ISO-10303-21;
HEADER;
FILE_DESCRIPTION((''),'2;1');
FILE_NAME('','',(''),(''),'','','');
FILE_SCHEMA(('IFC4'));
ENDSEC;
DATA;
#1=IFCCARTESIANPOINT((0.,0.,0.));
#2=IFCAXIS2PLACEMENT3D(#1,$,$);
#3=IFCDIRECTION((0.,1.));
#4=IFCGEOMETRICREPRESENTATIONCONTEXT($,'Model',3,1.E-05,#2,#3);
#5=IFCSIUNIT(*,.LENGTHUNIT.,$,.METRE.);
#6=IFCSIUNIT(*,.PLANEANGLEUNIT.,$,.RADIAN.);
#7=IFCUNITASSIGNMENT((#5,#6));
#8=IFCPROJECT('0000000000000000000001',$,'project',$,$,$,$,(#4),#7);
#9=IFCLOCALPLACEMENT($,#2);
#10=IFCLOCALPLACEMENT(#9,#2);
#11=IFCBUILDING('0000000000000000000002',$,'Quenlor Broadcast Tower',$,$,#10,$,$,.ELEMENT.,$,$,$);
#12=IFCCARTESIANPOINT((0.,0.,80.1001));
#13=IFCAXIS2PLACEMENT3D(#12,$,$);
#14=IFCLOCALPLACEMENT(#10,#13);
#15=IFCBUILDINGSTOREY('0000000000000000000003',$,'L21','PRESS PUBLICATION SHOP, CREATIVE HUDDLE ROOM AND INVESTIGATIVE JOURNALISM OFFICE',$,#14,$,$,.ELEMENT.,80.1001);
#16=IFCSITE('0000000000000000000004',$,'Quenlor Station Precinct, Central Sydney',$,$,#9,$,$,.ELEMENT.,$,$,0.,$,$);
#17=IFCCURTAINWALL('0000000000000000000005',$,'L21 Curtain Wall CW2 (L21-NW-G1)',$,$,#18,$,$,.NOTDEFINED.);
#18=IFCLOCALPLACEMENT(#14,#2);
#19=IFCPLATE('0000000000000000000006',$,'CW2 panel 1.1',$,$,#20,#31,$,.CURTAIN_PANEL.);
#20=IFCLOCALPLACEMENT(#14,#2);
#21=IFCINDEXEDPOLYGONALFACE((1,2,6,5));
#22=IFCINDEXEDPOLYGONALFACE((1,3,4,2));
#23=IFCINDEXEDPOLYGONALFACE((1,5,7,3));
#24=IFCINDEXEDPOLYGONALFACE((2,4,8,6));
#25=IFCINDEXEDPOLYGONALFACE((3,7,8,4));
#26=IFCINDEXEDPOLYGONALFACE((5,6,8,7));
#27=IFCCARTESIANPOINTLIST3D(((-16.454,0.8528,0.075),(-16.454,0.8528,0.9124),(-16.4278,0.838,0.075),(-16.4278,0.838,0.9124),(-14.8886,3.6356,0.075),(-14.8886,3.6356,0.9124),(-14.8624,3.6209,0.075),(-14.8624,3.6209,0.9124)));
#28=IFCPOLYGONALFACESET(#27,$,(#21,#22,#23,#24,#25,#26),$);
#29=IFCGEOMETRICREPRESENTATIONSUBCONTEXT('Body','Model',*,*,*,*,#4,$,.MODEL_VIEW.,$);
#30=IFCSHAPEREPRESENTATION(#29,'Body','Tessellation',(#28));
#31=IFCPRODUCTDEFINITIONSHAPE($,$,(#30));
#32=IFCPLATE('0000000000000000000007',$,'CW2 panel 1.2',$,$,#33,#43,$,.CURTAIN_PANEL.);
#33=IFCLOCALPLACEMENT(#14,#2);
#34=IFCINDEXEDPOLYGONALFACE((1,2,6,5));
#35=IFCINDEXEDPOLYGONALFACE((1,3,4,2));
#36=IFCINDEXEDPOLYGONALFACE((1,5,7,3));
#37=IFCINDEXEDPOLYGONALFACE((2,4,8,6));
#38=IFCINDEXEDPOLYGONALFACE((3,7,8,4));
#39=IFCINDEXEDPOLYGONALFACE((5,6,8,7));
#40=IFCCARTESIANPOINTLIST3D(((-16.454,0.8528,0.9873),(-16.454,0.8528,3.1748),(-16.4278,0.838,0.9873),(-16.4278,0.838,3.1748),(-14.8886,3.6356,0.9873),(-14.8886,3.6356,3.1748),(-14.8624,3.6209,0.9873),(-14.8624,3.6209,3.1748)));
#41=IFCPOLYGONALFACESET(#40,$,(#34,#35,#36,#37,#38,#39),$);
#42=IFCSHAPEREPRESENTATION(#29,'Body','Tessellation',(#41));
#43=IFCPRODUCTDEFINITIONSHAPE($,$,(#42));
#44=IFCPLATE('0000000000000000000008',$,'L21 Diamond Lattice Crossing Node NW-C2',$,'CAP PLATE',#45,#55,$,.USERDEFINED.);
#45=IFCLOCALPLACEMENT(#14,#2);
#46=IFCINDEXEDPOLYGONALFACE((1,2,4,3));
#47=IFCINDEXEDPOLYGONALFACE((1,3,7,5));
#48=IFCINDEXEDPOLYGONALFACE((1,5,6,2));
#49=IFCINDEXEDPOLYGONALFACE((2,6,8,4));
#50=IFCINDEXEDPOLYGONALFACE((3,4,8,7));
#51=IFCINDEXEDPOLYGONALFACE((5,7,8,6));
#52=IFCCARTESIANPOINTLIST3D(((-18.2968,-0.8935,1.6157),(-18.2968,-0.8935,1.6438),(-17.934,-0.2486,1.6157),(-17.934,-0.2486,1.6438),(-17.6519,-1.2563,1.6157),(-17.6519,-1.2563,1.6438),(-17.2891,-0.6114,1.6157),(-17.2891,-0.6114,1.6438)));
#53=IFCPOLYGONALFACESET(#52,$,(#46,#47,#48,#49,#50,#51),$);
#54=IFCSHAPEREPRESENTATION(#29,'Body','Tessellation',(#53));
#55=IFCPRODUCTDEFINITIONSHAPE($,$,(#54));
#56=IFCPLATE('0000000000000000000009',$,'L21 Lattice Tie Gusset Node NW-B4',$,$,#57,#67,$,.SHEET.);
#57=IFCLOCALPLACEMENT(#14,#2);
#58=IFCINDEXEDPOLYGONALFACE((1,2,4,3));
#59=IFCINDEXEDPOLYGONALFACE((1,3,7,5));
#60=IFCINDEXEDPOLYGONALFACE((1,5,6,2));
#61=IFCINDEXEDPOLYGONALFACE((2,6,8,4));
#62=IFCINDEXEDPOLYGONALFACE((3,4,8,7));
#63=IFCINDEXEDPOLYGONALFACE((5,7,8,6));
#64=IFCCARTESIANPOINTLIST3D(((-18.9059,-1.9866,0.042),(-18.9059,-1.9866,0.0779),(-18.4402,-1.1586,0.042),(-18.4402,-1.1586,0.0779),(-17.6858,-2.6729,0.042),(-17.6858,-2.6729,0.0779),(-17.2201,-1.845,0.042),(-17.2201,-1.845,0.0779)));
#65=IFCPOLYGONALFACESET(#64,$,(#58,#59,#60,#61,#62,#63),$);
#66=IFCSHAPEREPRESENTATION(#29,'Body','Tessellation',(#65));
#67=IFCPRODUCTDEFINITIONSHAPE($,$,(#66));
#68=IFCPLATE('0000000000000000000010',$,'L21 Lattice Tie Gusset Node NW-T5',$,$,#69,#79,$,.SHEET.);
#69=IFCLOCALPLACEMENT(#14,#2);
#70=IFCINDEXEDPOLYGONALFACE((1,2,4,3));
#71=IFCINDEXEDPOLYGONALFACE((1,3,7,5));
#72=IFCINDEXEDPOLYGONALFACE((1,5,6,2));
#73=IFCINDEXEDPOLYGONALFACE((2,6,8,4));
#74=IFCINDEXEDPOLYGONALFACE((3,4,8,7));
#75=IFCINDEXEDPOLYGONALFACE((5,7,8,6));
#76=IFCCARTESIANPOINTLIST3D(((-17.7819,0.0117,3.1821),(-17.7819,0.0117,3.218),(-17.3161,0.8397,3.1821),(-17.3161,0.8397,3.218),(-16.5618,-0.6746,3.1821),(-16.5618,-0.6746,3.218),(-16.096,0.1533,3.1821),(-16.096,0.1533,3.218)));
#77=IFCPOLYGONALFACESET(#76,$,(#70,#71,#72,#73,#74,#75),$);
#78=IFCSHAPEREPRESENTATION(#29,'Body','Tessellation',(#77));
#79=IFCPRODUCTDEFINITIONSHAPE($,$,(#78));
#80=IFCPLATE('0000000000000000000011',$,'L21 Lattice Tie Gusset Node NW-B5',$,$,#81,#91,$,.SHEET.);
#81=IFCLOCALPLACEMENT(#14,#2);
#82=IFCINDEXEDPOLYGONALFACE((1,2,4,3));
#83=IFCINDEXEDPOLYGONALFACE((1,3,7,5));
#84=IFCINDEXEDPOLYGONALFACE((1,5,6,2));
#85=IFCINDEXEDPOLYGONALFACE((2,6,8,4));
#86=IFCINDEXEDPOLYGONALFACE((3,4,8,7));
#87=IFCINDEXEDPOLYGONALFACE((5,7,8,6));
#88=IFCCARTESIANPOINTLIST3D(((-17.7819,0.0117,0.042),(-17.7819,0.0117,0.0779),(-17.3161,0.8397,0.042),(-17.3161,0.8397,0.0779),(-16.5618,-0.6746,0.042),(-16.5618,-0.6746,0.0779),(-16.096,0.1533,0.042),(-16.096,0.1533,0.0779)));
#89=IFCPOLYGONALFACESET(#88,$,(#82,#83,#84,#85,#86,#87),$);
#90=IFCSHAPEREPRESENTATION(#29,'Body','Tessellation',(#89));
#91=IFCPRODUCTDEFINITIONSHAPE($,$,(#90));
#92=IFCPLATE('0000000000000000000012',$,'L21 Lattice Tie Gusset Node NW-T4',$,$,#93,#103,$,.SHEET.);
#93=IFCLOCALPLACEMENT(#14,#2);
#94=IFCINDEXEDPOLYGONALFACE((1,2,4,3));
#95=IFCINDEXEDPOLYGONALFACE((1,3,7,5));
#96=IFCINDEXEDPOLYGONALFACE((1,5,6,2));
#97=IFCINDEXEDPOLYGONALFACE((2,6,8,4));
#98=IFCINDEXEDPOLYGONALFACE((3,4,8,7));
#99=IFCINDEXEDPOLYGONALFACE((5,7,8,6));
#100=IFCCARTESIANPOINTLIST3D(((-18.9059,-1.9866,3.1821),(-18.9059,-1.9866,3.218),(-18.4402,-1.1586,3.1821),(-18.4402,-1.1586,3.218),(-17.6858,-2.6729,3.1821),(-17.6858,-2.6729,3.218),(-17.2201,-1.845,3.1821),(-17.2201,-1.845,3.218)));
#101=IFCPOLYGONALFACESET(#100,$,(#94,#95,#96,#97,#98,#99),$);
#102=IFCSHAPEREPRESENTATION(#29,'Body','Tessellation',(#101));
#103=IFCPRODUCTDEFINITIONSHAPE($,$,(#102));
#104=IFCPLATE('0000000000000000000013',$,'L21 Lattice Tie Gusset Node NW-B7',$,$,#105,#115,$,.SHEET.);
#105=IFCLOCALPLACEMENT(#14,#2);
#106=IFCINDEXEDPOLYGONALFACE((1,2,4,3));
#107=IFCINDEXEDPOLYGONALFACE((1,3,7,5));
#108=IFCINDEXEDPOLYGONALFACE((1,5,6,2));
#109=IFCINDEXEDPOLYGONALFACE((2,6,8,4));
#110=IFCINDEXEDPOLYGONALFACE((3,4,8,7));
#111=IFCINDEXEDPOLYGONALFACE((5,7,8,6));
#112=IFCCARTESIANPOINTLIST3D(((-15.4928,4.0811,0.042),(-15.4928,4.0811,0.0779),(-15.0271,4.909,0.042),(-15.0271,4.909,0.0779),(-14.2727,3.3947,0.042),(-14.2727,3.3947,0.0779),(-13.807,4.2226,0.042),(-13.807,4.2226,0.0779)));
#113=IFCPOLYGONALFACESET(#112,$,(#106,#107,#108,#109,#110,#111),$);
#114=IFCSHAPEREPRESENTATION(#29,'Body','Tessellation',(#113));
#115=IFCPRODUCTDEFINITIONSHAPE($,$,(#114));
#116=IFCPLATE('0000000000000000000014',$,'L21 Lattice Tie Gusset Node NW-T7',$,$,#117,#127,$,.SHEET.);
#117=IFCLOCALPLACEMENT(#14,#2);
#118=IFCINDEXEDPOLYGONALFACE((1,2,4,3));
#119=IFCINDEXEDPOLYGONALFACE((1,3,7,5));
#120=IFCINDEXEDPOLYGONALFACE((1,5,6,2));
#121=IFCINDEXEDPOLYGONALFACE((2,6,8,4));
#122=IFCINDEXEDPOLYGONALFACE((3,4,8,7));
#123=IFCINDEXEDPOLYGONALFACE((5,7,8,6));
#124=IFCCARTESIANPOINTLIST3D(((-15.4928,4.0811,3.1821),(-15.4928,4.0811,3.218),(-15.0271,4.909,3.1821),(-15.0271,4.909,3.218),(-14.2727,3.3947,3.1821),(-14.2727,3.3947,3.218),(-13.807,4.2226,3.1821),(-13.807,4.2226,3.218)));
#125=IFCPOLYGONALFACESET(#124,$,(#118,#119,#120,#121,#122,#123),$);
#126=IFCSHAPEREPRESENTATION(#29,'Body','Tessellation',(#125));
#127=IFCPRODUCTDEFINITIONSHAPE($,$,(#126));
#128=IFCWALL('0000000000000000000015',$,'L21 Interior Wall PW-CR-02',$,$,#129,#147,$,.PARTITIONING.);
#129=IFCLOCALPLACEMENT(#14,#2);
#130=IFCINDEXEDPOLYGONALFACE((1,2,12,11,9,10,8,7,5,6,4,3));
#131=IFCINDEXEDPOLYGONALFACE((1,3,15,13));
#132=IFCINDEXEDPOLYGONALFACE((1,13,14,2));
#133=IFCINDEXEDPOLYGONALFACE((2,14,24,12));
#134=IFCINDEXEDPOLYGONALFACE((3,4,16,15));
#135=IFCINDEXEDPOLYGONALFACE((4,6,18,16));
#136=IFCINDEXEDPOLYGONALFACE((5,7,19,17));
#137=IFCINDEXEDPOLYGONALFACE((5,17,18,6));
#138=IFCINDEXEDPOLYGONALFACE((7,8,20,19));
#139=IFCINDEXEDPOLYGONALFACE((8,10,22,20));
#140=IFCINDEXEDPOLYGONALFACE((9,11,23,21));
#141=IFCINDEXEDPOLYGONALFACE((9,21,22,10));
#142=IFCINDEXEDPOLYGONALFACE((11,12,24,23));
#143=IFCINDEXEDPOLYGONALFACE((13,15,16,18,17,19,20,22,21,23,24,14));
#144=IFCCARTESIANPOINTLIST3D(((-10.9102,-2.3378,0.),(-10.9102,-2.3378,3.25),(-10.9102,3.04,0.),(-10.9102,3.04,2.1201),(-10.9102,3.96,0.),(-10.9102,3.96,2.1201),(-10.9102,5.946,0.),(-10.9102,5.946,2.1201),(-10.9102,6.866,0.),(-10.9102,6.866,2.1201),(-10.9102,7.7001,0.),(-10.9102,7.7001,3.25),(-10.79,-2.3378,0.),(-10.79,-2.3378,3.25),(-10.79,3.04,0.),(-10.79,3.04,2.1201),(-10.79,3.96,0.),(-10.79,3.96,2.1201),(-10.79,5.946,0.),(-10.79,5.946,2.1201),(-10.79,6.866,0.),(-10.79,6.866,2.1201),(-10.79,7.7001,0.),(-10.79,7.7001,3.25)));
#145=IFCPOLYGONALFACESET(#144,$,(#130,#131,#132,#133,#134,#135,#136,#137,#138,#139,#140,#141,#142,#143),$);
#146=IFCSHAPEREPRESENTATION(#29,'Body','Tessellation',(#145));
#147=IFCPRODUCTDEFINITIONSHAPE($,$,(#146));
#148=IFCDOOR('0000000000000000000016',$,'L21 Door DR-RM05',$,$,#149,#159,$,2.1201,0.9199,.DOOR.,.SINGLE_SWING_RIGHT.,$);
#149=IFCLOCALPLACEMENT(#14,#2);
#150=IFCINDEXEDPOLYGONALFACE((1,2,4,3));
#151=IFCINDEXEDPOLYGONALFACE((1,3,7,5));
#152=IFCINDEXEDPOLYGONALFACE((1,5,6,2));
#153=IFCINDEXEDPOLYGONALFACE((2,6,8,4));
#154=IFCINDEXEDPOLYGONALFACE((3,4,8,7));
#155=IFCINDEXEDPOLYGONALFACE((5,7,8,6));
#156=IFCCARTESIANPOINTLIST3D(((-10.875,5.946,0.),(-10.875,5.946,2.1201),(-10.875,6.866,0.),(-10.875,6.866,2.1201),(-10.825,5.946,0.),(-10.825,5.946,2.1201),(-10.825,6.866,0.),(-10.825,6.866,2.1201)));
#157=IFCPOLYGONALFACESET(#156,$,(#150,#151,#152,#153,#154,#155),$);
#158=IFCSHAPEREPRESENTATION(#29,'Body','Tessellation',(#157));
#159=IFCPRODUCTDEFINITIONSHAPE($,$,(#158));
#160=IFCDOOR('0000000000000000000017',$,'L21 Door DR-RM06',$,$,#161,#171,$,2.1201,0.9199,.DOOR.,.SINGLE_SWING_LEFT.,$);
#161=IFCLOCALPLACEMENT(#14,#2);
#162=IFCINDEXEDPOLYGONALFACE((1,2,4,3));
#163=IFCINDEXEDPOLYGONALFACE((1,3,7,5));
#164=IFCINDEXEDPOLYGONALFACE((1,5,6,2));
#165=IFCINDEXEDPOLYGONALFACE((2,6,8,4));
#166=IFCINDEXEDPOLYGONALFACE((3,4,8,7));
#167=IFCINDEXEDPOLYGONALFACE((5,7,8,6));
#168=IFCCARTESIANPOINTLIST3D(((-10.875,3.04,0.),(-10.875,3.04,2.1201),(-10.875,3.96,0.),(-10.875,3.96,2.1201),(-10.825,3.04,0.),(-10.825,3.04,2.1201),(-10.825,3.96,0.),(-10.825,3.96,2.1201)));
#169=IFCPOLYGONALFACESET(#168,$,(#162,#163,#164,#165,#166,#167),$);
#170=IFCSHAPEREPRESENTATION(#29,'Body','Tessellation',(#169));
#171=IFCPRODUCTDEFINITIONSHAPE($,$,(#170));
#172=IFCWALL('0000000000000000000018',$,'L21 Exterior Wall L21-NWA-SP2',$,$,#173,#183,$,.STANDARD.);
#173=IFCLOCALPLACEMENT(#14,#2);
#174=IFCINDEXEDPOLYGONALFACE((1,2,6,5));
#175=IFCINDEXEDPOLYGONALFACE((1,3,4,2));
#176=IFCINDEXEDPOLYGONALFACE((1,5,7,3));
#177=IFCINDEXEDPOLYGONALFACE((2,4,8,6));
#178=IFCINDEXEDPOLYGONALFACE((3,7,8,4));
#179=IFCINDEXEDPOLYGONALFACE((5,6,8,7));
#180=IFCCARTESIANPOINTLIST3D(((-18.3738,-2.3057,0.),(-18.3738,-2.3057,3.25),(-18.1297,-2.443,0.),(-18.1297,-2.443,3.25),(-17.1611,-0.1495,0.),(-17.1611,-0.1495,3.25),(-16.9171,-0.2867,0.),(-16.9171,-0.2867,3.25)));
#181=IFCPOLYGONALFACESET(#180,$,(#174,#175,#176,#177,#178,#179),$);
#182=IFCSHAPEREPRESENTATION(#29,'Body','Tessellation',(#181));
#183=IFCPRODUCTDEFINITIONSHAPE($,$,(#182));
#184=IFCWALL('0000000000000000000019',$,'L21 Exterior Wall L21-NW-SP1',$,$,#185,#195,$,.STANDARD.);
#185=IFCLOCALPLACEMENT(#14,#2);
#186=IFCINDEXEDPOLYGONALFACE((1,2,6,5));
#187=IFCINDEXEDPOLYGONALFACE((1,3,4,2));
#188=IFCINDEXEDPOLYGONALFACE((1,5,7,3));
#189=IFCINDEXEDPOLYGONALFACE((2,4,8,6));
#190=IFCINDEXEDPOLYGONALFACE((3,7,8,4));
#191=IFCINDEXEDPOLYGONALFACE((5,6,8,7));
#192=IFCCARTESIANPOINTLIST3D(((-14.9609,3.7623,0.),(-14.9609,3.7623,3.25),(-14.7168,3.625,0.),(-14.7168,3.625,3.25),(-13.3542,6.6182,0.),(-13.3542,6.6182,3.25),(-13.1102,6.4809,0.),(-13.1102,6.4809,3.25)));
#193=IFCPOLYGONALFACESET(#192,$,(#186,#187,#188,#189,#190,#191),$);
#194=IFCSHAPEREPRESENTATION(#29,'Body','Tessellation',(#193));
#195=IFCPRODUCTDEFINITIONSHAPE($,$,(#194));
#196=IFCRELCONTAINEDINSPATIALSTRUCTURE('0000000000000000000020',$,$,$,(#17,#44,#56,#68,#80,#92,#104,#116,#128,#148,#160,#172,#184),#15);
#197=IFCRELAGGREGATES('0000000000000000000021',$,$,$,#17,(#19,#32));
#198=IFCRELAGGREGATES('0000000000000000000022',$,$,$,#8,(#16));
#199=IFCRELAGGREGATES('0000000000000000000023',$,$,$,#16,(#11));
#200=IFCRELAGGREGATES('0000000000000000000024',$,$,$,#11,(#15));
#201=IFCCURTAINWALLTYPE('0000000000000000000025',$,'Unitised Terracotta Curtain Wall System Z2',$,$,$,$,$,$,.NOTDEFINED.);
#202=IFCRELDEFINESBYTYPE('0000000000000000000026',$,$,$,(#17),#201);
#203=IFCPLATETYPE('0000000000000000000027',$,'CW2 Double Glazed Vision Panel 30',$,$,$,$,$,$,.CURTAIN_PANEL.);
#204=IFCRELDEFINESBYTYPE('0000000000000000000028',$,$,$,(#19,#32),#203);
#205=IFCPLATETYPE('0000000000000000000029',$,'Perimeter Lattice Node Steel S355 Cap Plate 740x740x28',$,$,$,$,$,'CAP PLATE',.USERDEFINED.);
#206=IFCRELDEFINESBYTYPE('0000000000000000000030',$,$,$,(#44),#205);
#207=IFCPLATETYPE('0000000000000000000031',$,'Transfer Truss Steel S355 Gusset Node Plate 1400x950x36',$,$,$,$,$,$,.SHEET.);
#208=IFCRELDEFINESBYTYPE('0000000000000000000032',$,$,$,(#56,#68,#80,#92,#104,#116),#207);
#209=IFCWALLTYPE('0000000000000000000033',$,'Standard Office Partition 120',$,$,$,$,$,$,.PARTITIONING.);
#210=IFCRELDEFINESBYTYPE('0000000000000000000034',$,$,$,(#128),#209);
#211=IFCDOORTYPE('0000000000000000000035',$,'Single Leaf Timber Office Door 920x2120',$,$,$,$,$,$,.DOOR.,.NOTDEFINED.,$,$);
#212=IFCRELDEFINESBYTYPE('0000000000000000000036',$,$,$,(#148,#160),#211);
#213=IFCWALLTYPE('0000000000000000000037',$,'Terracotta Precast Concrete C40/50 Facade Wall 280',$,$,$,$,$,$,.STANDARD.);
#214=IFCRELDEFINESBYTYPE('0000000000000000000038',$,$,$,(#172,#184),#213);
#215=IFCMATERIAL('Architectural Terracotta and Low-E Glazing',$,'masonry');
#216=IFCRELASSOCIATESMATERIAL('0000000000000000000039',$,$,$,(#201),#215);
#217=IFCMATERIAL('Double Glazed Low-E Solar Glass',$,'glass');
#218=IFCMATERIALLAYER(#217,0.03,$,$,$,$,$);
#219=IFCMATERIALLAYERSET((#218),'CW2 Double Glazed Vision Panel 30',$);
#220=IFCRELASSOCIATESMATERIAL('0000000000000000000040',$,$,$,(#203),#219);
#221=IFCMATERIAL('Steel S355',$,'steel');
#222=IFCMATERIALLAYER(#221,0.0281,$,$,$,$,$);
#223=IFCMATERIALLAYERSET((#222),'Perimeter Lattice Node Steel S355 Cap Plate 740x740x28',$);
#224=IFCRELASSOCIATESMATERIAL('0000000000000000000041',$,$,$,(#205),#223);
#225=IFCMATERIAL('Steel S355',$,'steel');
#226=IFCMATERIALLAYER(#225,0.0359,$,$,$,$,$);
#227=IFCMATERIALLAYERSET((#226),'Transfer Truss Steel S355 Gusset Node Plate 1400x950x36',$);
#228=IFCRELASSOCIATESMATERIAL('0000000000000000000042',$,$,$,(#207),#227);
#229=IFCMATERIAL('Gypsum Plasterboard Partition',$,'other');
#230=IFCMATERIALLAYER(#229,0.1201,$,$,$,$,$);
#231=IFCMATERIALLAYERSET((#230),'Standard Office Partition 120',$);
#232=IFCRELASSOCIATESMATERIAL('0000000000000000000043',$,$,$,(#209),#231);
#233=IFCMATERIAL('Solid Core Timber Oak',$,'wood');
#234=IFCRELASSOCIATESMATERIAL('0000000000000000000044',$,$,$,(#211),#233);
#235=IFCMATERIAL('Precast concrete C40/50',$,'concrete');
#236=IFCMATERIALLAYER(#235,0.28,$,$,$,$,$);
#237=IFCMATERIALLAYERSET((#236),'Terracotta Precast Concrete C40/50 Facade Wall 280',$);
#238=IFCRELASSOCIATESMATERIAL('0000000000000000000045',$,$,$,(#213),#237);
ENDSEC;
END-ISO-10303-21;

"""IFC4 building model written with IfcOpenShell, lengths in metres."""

from ifc_helpers import new_model, si_unit, direction, frame, frame_2d, origin, origin_2d, place, context, subcontext, project, spatial, rectangle, extrude, material, layer, layer_set, type_object, element, fill, aggregate, save


model = new_model("IFC4")

# Units and contexts
model_context = context("Model", 3, precision=1e-05, world=origin(), true_north=direction((0.0, 1.0)))
body_context = subcontext(model_context, "Body", "Model", "MODEL_VIEW")
ifc_project = project(units=[si_unit("LENGTHUNIT", "METRE"), si_unit("PLANEANGLEUNIT", "RADIAN")], contexts=[model_context])

# Site, building, storey
site_placement = place(None, origin())
site = spatial("IfcSite", under=ifc_project, at=site_placement, Name="Quenlor Station Precinct, Central Sydney", CompositionType="ELEMENT", RefElevation=0.0)
building_placement = place(site_placement, origin())
building = spatial("IfcBuilding", under=site, at=building_placement, Name="Quenlor Broadcast Tower", CompositionType="ELEMENT")
storey_placement = place(building_placement, frame((0.0, 0.0, 80.1001)))
storey = spatial("IfcBuildingStorey", under=building, at=storey_placement, Name="L21", Description="PRESS PUBLICATION SHOP, CREATIVE HUDDLE ROOM AND INVESTIGATIVE JOURNALISM OFFICE", CompositionType="ELEMENT", Elevation=80.1001)

# Curtain wall
ifc_material_1 = material(Name="Architectural Terracotta and Low-E Glazing", Category="masonry")
curtain_wall_type = type_object("IfcCurtainWallType", Name="Unitised Terracotta Curtain Wall System Z2", PredefinedType="NOTDEFINED", material=ifc_material_1)
curtain_wall_placement = place(storey_placement, origin())
curtain_wall = element("IfcCurtainWall", 1, at=curtain_wall_placement, inside=storey, type_object=curtain_wall_type, Name="L21 Curtain Wall CW2 (L21-NW-G1)", PredefinedType="NOTDEFINED")

# Plates
ifc_material_2 = material(Name="Double Glazed Low-E Solar Glass", Category="glass")
ifc_layer_1 = layer(ifc_material_2, 0.03)
ifc_layer_set_1 = layer_set([ifc_layer_1], Name="CW2 Double Glazed Vision Panel 30")
plate_type_1 = type_object("IfcPlateType", Name="CW2 Double Glazed Vision Panel 30", PredefinedType="CURTAIN_PANEL", material=ifc_layer_set_1)
plate_1_placement = place(storey_placement, frame((-15.6582, 2.2368, 0.075), z_axis=(0.0, 0.0, 1.0), x_axis=(0.490261, 0.871576, 0.0)))
plate_1 = element("IfcPlate", 2, at=plate_1_placement, type_object=plate_type_1, Name="CW2 panel 1.1", PredefinedType="CURTAIN_PANEL", context=body_context, shape_type="SweptSolid", body=[
    extrude(rectangle(XDim=3.1929, YDim=0.03, at=origin_2d()), origin(), (0.0, 0.0, 1.0), 0.8374),
])
plate_2_placement = place(storey_placement, frame((-15.6582, 2.2368, 0.9873), z_axis=(0.0, 0.0, 1.0), x_axis=(0.490261, 0.871576, 0.0)))
plate_2 = element("IfcPlate", 3, at=plate_2_placement, type_object=plate_type_1, Name="CW2 panel 1.2", PredefinedType="CURTAIN_PANEL", context=body_context, shape_type="SweptSolid", body=[
    extrude(rectangle(XDim=3.1929, YDim=0.03, at=origin_2d()), origin(), (0.0, 0.0, 1.0), 2.1875),
])
aggregate(curtain_wall, [plate_1, plate_2])

# Plates
ifc_material_3 = material(Name="Steel S355", Category="steel")
ifc_layer_2 = layer(ifc_material_3, 0.0281)
ifc_layer_set_2 = layer_set([ifc_layer_2], Name="Perimeter Lattice Node Steel S355 Cap Plate 740x740x28")
plate_type_2 = type_object("IfcPlateType", Name="Perimeter Lattice Node Steel S355 Cap Plate 740x740x28", ElementType="CAP PLATE", PredefinedType="USERDEFINED", material=ifc_layer_set_2)
plate_3_placement = place(storey_placement, frame((-17.793, -0.7524, 1.6157), z_axis=(0.0, 0.0, 1.0), x_axis=(0.490295, 0.871556, 0.0)))
element("IfcPlate", 4, at=plate_3_placement, inside=storey, type_object=plate_type_2, Name="L21 Diamond Lattice Crossing Node NW-C2", ObjectType="CAP PLATE", PredefinedType="USERDEFINED", context=body_context, shape_type="SweptSolid", body=[
    extrude(rectangle(XDim=0.74, YDim=0.74, at=origin_2d()), origin(), (0.0, 0.0, 1.0), 0.0281),
])
ifc_material_4 = material(Name="Steel S355", Category="steel")
ifc_layer_3 = layer(ifc_material_4, 0.0359)
ifc_layer_set_3 = layer_set([ifc_layer_3], Name="Transfer Truss Steel S355 Gusset Node Plate 1400x950x36")
plate_type_3 = type_object("IfcPlateType", Name="Transfer Truss Steel S355 Gusset Node Plate 1400x950x36", PredefinedType="SHEET", material=ifc_layer_set_3)
for number, where, z_axis, x_axis, name in (
    (5, (-18.063, -1.9158, 0.042), (0.0, 0.0, 1.0), (-0.871556, 0.490295, 0.0), "L21 Lattice Tie Gusset Node NW-B4"),
    (6, (-16.939, 0.0825, 3.1821), (0.0, 0.0, 1.0), (-0.871556, 0.490295, 0.0), "L21 Lattice Tie Gusset Node NW-T5"),
    (7, (-16.939, 0.0825, 0.042), (0.0, 0.0, 1.0), (-0.871556, 0.490295, 0.0), "L21 Lattice Tie Gusset Node NW-B5"),
    (8, (-18.063, -1.9158, 3.1821), (0.0, 0.0, 1.0), (-0.871556, 0.490295, 0.0), "L21 Lattice Tie Gusset Node NW-T4"),
    (9, (-14.6499, 4.1519, 0.042), (0.0, 0.0, 1.0), (-0.871556, 0.490295, 0.0), "L21 Lattice Tie Gusset Node NW-B7"),
    (10, (-14.6499, 4.1519, 3.1821), (0.0, 0.0, 1.0), (-0.871556, 0.490295, 0.0), "L21 Lattice Tie Gusset Node NW-T7"),
):
    element("IfcPlate", number, at=place(storey_placement, frame(where, z_axis=z_axis, x_axis=x_axis)), inside=storey, type_object=plate_type_3, Name=name, PredefinedType="SHEET", context=body_context, shape_type="SweptSolid", body=[
        extrude(rectangle(XDim=1.3999, YDim=0.95, at=origin_2d()), origin(), (0.0, 0.0, 1.0), 0.0359),
    ])

# Wall, openings, doors
ifc_material_5 = material(Name="Gypsum Plasterboard Partition", Category="other")
ifc_layer_4 = layer(ifc_material_5, 0.1201)
ifc_layer_set_4 = layer_set([ifc_layer_4], Name="Standard Office Partition 120")
wall_type_1 = type_object("IfcWallType", Name="Standard Office Partition 120", PredefinedType="PARTITIONING", material=ifc_layer_set_4)
wall_1_placement = place(storey_placement, frame((-10.8501, -2.3379, 0.0), z_axis=(0.0, 0.0, 1.0), x_axis=(0.0, 1.0, 0.0)))
wall_1 = element("IfcWall", 11, at=wall_1_placement, inside=storey, type_object=wall_type_1, Name="L21 Interior Wall PW-CR-02", PredefinedType="PARTITIONING", context=body_context, shape_type="SweptSolid", body=[
    extrude(rectangle(XDim=10.0378, YDim=0.1201, at=frame_2d((5.019, 0.0))), origin(), (0.0, 0.0, 1.0), 3.25),
])
opening_1_placement = place(wall_1_placement, frame((8.2839, 0.0, 0.0)))
opening_1 = element("IfcOpeningElement", 12, at=opening_1_placement, cuts=wall_1, PredefinedType="OPENING", context=body_context, shape_type="SweptSolid", body=[
    extrude(rectangle(XDim=0.9199, YDim=2.1201, at=frame_2d((0.46, 1.0601))), frame((0.0, 0.0701, 0.0), z_axis=(0.0, -1.0, 0.0), x_axis=(1.0, 0.0, 0.0)), (0.0, 0.0, 1.0), 0.1401),
])
opening_2_placement = place(wall_1_placement, frame((5.3779, 0.0, 0.0)))
opening_2 = element("IfcOpeningElement", 13, at=opening_2_placement, cuts=wall_1, PredefinedType="OPENING", context=body_context, shape_type="SweptSolid", body=[
    extrude(rectangle(XDim=0.9199, YDim=2.1201, at=frame_2d((0.46, 1.0601))), frame((0.0, 0.0701, 0.0), z_axis=(0.0, -1.0, 0.0), x_axis=(1.0, 0.0, 0.0)), (0.0, 0.0, 1.0), 0.1401),
])
ifc_material_6 = material(Name="Solid Core Timber Oak", Category="wood")
door_type = type_object("IfcDoorType", Name="Single Leaf Timber Office Door 920x2120", OperationType="NOTDEFINED", PredefinedType="DOOR", material=ifc_material_6)
door_1_placement = place(opening_1_placement, origin())
door_1 = element("IfcDoor", 14, at=door_1_placement, inside=storey, type_object=door_type, Name="L21 Door DR-RM05", OperationType="SINGLE_SWING_RIGHT", OverallHeight=2.1201, OverallWidth=0.9199, PredefinedType="DOOR", context=body_context, shape_type="SweptSolid", body=[
    extrude(rectangle(XDim=0.9199, YDim=2.1201, at=frame_2d((0.46, 1.0601))), frame((0.0, 0.0249, 0.0), z_axis=(0.0, -1.0, 0.0), x_axis=(1.0, 0.0, 0.0)), (0.0, 0.0, 1.0), 0.05),
])
fill(opening_1, door_1)
door_2_placement = place(opening_2_placement, origin())
door_2 = element("IfcDoor", 15, at=door_2_placement, inside=storey, type_object=door_type, Name="L21 Door DR-RM06", OperationType="SINGLE_SWING_LEFT", OverallHeight=2.1201, OverallWidth=0.9199, PredefinedType="DOOR", context=body_context, shape_type="SweptSolid", body=[
    extrude(rectangle(XDim=0.9199, YDim=2.1201, at=frame_2d((0.46, 1.0601))), frame((0.0, 0.0249, 0.0), z_axis=(0.0, -1.0, 0.0), x_axis=(1.0, 0.0, 0.0)), (0.0, 0.0, 1.0), 0.05),
])
fill(opening_2, door_2)

# Walls
ifc_material_7 = material(Name="Precast concrete C40/50", Category="concrete")
ifc_layer_5 = layer(ifc_material_7, 0.28)
ifc_layer_set_5 = layer_set([ifc_layer_5], Name="Terracotta Precast Concrete C40/50 Facade Wall 280")
wall_type_2 = type_object("IfcWallType", Name="Terracotta Precast Concrete C40/50 Facade Wall 280", PredefinedType="STANDARD", material=ifc_layer_set_5)
wall_2_placement = place(storey_placement, frame((-18.2517, -2.3743, 0.0), z_axis=(0.0, 0.0, 1.0), x_axis=(0.490186, 0.871618, 0.0)))
element("IfcWall", 16, at=wall_2_placement, inside=storey, type_object=wall_type_2, Name="L21 Exterior Wall L21-NWA-SP2", PredefinedType="STANDARD", context=body_context, shape_type="SweptSolid", body=[
    extrude(rectangle(XDim=2.4739, YDim=0.28, at=frame_2d((1.2368, 0.0))), origin(), (0.0, 0.0, 1.0), 3.25),
])
wall_3_placement = place(storey_placement, frame((-14.8389, 3.6936, 0.0), z_axis=(0.0, 0.0, 1.0), x_axis=(0.490311, 0.871548, 0.0)))
element("IfcWall", 17, at=wall_3_placement, inside=storey, type_object=wall_type_2, Name="L21 Exterior Wall L21-NW-SP1", PredefinedType="STANDARD", context=body_context, shape_type="SweptSolid", body=[
    extrude(rectangle(XDim=3.2769, YDim=0.28, at=frame_2d((1.6384, 0.0))), origin(), (0.0, 0.0, 1.0), 3.25),
])

save(model, "model.ifc")
